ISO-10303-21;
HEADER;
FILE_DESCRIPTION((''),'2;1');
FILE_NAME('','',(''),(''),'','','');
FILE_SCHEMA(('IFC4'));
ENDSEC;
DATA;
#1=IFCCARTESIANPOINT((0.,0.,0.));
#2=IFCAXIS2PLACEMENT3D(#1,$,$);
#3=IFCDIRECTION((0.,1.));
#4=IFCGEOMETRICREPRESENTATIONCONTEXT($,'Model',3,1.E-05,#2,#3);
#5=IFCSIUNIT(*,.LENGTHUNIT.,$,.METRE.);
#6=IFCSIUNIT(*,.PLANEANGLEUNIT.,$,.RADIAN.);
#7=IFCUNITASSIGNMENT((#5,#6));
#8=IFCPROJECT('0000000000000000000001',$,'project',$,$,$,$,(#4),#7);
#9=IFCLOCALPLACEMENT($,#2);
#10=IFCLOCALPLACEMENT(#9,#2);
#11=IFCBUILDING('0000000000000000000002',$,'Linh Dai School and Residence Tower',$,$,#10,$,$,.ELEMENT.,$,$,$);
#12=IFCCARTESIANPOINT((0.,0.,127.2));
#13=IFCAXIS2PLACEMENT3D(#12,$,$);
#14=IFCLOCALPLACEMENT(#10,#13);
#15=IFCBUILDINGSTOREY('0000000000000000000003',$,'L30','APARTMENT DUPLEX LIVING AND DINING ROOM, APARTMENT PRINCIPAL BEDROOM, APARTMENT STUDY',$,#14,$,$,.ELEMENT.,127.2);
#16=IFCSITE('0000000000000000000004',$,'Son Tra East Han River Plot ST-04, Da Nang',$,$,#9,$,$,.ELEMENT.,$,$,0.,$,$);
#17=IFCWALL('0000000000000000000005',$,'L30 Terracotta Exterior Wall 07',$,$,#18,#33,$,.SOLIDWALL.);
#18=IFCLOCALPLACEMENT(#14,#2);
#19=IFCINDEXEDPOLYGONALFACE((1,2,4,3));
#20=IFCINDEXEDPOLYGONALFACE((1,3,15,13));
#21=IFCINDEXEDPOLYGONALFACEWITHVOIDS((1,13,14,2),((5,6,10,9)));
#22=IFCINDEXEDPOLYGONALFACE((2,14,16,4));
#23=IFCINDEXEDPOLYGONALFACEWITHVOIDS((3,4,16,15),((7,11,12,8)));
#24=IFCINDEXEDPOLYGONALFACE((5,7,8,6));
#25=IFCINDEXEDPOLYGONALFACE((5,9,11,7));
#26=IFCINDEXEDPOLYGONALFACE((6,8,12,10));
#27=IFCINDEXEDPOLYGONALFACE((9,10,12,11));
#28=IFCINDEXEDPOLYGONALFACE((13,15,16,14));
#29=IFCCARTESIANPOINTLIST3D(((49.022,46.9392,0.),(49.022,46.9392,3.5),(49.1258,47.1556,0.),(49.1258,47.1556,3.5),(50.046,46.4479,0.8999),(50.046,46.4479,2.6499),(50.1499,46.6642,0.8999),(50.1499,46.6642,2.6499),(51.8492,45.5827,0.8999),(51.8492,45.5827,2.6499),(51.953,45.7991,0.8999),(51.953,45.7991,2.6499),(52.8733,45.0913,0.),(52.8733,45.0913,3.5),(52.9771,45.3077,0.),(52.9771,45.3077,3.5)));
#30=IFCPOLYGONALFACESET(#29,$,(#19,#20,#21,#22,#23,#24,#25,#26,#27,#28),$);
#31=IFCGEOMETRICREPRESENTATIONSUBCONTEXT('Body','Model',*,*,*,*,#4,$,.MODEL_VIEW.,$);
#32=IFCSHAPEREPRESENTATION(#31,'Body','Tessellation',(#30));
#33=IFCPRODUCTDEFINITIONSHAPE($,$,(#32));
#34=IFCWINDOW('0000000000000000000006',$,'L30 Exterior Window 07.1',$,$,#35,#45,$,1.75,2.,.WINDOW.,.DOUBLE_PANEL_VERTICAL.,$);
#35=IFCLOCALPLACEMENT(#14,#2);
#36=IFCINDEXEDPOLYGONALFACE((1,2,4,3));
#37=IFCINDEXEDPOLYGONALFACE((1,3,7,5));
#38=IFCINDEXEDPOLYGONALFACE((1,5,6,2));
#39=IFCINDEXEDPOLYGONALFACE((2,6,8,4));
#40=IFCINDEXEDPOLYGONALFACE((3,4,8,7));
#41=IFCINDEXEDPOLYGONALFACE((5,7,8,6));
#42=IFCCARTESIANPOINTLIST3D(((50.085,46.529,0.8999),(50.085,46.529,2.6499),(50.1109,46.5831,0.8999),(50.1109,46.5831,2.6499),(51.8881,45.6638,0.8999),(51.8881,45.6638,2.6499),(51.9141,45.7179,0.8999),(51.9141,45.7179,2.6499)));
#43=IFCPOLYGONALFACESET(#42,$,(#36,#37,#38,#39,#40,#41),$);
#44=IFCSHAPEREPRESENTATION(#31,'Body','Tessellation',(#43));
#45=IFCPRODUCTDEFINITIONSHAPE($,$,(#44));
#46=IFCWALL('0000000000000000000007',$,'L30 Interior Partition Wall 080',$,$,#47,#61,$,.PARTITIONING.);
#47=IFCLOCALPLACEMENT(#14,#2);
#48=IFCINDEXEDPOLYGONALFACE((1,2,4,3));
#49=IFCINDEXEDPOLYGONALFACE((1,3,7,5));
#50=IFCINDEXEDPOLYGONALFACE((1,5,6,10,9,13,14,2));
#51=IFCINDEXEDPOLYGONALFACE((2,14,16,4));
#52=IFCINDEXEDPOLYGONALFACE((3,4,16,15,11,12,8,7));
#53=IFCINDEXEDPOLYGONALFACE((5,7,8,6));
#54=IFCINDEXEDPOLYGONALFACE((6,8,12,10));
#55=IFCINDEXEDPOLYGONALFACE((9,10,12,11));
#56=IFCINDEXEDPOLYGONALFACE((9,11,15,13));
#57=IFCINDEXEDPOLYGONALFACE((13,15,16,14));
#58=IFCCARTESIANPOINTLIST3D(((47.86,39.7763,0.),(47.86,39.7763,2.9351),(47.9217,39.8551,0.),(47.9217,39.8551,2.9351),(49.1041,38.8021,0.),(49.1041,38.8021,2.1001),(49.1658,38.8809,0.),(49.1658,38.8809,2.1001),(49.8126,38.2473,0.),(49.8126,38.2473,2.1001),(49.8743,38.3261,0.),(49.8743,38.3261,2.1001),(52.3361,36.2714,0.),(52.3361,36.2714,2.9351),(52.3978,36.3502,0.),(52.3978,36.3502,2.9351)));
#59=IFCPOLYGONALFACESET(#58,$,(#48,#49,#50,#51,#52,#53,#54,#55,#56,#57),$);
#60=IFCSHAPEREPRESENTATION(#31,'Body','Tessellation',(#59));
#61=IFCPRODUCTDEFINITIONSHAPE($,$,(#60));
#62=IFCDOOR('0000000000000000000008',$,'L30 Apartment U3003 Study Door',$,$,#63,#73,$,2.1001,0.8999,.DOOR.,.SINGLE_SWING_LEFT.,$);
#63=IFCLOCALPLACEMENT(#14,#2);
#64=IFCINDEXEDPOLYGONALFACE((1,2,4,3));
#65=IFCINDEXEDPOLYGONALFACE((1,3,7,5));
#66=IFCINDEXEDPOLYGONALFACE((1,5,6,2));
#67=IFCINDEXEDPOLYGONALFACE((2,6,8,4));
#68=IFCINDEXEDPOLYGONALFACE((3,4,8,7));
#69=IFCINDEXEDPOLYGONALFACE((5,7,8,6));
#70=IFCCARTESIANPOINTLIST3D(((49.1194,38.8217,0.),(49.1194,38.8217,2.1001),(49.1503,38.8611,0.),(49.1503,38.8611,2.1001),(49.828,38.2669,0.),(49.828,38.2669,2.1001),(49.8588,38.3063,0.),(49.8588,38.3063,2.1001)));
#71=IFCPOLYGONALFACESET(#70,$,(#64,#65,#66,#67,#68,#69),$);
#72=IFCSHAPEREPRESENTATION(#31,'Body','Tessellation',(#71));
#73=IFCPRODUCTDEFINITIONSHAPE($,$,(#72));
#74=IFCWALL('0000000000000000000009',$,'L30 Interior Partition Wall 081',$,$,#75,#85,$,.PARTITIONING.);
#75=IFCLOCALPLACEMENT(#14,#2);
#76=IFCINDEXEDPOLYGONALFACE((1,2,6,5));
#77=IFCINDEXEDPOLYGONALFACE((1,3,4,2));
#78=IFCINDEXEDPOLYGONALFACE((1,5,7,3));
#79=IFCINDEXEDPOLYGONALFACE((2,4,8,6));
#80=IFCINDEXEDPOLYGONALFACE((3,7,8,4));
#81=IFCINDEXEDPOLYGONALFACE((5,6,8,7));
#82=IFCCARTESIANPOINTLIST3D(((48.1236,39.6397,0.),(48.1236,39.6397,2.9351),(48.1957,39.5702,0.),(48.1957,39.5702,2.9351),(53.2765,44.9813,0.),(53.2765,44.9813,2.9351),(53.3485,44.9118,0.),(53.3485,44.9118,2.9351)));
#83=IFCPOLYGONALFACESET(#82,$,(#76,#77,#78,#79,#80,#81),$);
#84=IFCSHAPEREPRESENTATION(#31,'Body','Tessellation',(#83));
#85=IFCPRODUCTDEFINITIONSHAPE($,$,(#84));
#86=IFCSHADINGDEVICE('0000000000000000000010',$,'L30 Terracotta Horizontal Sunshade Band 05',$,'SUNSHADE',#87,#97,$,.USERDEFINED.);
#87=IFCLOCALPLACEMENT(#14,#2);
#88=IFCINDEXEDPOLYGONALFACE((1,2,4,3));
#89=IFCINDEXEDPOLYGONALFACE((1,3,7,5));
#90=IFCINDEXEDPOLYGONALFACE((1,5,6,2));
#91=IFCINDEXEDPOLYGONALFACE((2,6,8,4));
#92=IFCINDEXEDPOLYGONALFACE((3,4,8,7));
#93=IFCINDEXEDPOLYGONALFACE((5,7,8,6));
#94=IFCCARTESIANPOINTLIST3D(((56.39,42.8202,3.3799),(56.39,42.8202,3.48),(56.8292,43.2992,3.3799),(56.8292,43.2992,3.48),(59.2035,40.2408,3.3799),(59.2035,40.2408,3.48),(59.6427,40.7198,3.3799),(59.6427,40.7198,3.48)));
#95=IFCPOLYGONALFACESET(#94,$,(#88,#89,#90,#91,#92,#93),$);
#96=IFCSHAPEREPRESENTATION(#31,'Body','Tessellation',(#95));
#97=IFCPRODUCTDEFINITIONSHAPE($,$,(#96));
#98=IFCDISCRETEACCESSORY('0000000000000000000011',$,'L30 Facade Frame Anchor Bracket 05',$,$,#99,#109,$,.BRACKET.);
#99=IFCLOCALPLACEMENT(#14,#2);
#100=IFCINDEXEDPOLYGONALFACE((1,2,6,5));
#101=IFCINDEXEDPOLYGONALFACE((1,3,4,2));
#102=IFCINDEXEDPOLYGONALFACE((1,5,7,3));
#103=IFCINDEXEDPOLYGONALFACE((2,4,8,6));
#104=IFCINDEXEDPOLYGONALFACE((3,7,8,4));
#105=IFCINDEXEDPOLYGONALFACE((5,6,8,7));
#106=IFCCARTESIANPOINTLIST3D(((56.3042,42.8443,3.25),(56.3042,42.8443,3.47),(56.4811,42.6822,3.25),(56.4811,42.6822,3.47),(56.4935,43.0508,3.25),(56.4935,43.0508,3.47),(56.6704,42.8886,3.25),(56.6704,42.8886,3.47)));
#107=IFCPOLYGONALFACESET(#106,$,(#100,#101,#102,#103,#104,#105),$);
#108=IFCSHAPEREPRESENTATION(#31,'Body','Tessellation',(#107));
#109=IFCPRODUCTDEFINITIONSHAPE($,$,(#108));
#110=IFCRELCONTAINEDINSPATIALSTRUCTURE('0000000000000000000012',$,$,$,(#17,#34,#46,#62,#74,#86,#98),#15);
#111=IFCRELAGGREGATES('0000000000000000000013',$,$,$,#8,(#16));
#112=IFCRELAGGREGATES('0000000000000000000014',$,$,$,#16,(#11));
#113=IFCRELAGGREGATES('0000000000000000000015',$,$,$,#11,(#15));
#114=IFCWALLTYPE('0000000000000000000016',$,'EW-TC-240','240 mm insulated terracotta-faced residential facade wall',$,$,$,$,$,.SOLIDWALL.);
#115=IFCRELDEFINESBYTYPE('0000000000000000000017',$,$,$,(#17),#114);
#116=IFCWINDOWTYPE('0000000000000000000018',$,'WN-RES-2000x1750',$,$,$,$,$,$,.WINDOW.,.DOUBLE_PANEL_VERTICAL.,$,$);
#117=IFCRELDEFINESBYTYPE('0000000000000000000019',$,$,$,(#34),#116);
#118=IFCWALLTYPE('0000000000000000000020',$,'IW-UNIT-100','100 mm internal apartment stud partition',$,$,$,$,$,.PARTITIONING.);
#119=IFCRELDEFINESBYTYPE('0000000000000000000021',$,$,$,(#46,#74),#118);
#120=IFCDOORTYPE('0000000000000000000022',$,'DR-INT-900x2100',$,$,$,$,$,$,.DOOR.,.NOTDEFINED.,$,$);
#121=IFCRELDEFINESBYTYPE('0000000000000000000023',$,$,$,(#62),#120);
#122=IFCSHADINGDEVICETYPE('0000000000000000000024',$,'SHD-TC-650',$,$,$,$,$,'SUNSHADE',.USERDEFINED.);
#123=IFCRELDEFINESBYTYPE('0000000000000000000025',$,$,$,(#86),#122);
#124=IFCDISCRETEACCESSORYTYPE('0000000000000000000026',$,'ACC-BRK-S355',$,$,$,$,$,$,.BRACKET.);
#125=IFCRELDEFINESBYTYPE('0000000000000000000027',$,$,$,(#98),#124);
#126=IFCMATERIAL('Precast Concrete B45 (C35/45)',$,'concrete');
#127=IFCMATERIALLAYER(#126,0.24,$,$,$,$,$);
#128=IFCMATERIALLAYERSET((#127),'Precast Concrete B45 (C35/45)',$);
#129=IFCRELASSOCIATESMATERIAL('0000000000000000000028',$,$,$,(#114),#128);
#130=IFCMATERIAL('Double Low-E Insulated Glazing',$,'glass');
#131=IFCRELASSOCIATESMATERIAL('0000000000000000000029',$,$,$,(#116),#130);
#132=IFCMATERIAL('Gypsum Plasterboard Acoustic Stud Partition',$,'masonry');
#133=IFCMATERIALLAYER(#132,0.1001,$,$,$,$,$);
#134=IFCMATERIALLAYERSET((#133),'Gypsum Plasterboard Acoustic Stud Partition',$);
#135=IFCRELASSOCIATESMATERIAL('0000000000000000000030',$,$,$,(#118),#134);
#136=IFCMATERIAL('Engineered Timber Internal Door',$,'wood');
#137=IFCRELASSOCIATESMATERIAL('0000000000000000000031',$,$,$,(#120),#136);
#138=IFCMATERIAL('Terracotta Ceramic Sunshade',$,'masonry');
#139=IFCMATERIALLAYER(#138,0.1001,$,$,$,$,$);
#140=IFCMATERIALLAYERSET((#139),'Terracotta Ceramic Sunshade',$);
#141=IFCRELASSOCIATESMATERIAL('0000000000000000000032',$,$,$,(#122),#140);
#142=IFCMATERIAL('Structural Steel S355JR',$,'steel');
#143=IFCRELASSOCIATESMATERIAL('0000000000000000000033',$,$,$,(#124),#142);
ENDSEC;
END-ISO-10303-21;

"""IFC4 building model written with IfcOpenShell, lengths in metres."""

from ifc_helpers import new_model, si_unit, direction, frame, frame_2d, origin, origin_2d, place, context, subcontext, project, spatial, rectangle, extrude, source, transform, mapped, material, layer, layer_set, type_object, element, fill, save


model = new_model("IFC4")

# Units and contexts
model_context = context("Model", 3, precision=1e-05, world=origin(), true_north=direction((0.0, 1.0)))
body_context = subcontext(model_context, "Body", "Model", "MODEL_VIEW")
ifc_project = project(units=[si_unit("LENGTHUNIT", "METRE"), si_unit("PLANEANGLEUNIT", "RADIAN")], contexts=[model_context])

# Site, building, storey
site_placement = place(None, origin())
site = spatial("IfcSite", under=ifc_project, at=site_placement, Name="Son Tra East Han River Plot ST-04, Da Nang", CompositionType="ELEMENT", RefElevation=0.0)
building_placement = place(site_placement, origin())
building = spatial("IfcBuilding", under=site, at=building_placement, Name="Linh Dai School and Residence Tower", CompositionType="ELEMENT")
storey_placement = place(building_placement, frame((0.0, 0.0, 127.2)))
storey = spatial("IfcBuildingStorey", under=building, at=storey_placement, Name="L30", Description="APARTMENT DUPLEX LIVING AND DINING ROOM, APARTMENT PRINCIPAL BEDROOM, APARTMENT STUDY", CompositionType="ELEMENT", Elevation=127.2)

# Shared definitions
ifc_material_1 = material(Name="Structural Steel S355JR", Category="steel")

# Shared definitions
ifc_material_2 = material(Name="Precast Concrete B45 (C35/45)", Category="concrete")
ifc_material_3 = material(Name="Double Low-E Insulated Glazing", Category="glass")

# Wall, opening, window
ifc_layer_1 = layer(ifc_material_2, 0.24)
ifc_layer_set_1 = layer_set([ifc_layer_1], Name="Precast Concrete B45 (C35/45)")
wall_type_1 = type_object("IfcWallType", Name="EW-TC-240", Description="240 mm insulated terracotta-faced residential facade wall", PredefinedType="SOLIDWALL", material=ifc_layer_set_1)
window_type_1 = type_object("IfcWindowType", Name="WN-RES-2000x1750", PartitioningType="DOUBLE_PANEL_VERTICAL", PredefinedType="WINDOW", material=ifc_material_3)
shared_shape_1 = source(origin(), body_context, "Body", "SweptSolid", [
    extrude(rectangle(XDim=2.0, YDim=1.75, at=origin_2d()), frame((1.0, 0.03, 0.875), z_axis=(0.0, -1.0, 0.0), x_axis=(1.0, 0.0, 0.0)), (0.0, 0.0, 1.0), 0.0601),
])
wall_1_placement = place(storey_placement, frame((49.074, 47.0474, 0.0), z_axis=(0.0, 0.0, 1.0), x_axis=(0.90159, -0.432592, 0.0)))
wall_1 = element("IfcWall", 1, at=wall_1_placement, inside=storey, type_object=wall_type_1, Name="L30 Terracotta Exterior Wall 07", PredefinedType="SOLIDWALL", context=body_context, shape_type="SweptSolid", body=[
    extrude(rectangle(XDim=4.2717, YDim=0.24, at=frame_2d((2.1357, 0.0))), origin(), (0.0, 0.0, 1.0), 3.5),
])
opening_1_placement = place(wall_1_placement, frame((1.1357, 0.0, 0.8999)))
opening_1 = element("IfcOpeningElement", 2, at=opening_1_placement, cuts=wall_1, PredefinedType="OPENING", context=body_context, shape_type="SweptSolid", body=[
    extrude(rectangle(XDim=2.0, YDim=1.75, at=origin_2d()), frame((1.0, 0.1299, 0.875), z_axis=(0.0, -1.0, 0.0), x_axis=(1.0, 0.0, 0.0)), (0.0, 0.0, 1.0), 0.26),
])
window_1_placement = place(opening_1_placement, origin())
window_1 = element("IfcWindow", 3, at=window_1_placement, inside=storey, type_object=window_type_1, Name="L30 Exterior Window 07.1", OverallHeight=1.75, OverallWidth=2.0, PartitioningType="DOUBLE_PANEL_VERTICAL", PredefinedType="WINDOW", context=body_context, shape_type="MappedRepresentation", body=[
    mapped(shared_shape_1, transform((0.0, 0.0, 0.0), x_axis=(1.0, 0.0, 0.0), y_axis=(0.0, 1.0, 0.0), z_axis=(0.0, 0.0, 1.0), scale=1.0)),
])
fill(opening_1, window_1)

# Wall, opening, door
ifc_material_4 = material(Name="Gypsum Plasterboard Acoustic Stud Partition", Category="masonry")
ifc_layer_2 = layer(ifc_material_4, 0.1001)
ifc_layer_set_2 = layer_set([ifc_layer_2], Name="Gypsum Plasterboard Acoustic Stud Partition")
wall_type_2 = type_object("IfcWallType", Name="IW-UNIT-100", Description="100 mm internal apartment stud partition", PredefinedType="PARTITIONING", material=ifc_layer_set_2)
wall_2_placement = place(storey_placement, frame((47.8909, 39.8157, 0.0), z_axis=(0.0, 0.0, 1.0), x_axis=(0.787345, -0.616512, 0.0)))
wall_2 = element("IfcWall", 4, at=wall_2_placement, inside=storey, type_object=wall_type_2, Name="L30 Interior Partition Wall 080", PredefinedType="PARTITIONING", context=body_context, shape_type="SweptSolid", body=[
    extrude(rectangle(XDim=5.6851, YDim=0.1001, at=frame_2d((2.8425, 0.0))), origin(), (0.0, 0.0, 1.0), 2.9351),
])
opening_2_placement = place(wall_2_placement, frame((1.5801, 0.0, 0.0)))
opening_2 = element("IfcOpeningElement", 5, at=opening_2_placement, cuts=wall_2, PredefinedType="OPENING", context=body_context, shape_type="SweptSolid", body=[
    extrude(rectangle(XDim=0.8999, YDim=2.1001, at=origin_2d()), frame((0.45, 0.0601, 1.05), z_axis=(0.0, -1.0, 0.0), x_axis=(1.0, 0.0, 0.0)), (0.0, 0.0, 1.0), 0.1201),
])
ifc_material_5 = material(Name="Engineered Timber Internal Door", Category="wood")
door_type = type_object("IfcDoorType", Name="DR-INT-900x2100", OperationType="NOTDEFINED", PredefinedType="DOOR", material=ifc_material_5)
shared_shape_2 = source(origin(), body_context, "Body", "SweptSolid", [
    extrude(rectangle(XDim=0.8999, YDim=2.1001, at=origin_2d()), frame((0.45, 0.0249, 1.05), z_axis=(0.0, -1.0, 0.0), x_axis=(1.0, 0.0, 0.0)), (0.0, 0.0, 1.0), 0.05),
])
door_placement = place(opening_2_placement, origin())
door = element("IfcDoor", 6, at=door_placement, inside=storey, type_object=door_type, Name="L30 Apartment U3003 Study Door", OperationType="SINGLE_SWING_LEFT", OverallHeight=2.1001, OverallWidth=0.8999, PredefinedType="DOOR", context=body_context, shape_type="MappedRepresentation", body=[
    mapped(shared_shape_2, transform((0.0, 0.0, 0.0), x_axis=(1.0, 0.0, 0.0), y_axis=(0.0, 1.0, 0.0), z_axis=(0.0, 0.0, 1.0), scale=1.0)),
])
fill(opening_2, door)

# Wall
wall_3_placement = place(storey_placement, frame((48.1597, 39.605, 0.0), z_axis=(0.0, 0.0, 1.0), x_axis=(0.694279, 0.719706, 0.0)))
element("IfcWall", 7, at=wall_3_placement, inside=storey, type_object=wall_type_2, Name="L30 Interior Partition Wall 081", PredefinedType="PARTITIONING", context=body_context, shape_type="SweptSolid", body=[
    extrude(rectangle(XDim=7.4219, YDim=0.1001, at=frame_2d((3.7109, 0.0))), origin(), (0.0, 0.0, 1.0), 2.9351),
])

# Shading device
ifc_material_6 = material(Name="Terracotta Ceramic Sunshade", Category="masonry")
ifc_layer_3 = layer(ifc_material_6, 0.1001)
ifc_layer_set_3 = layer_set([ifc_layer_3], Name="Terracotta Ceramic Sunshade")
shading_device_type = type_object("IfcShadingDeviceType", Name="SHD-TC-650", ElementType="SUNSHADE", PredefinedType="USERDEFINED", material=ifc_layer_set_3)
shared_shape_3 = source(origin(), body_context, "Body", "SweptSolid", [
    extrude(rectangle(XDim=3.8169, YDim=0.6499, at=origin_2d()), origin(), (0.0, 0.0, 1.0), 0.1001),
])
shading_device_placement = place(storey_placement, frame((58.0164, 41.77, 3.3799), z_axis=(0.0, 0.0, 1.0), x_axis=(0.7371, -0.675783, 0.0)))
element("IfcShadingDevice", 8, at=shading_device_placement, inside=storey, type_object=shading_device_type, Name="L30 Terracotta Horizontal Sunshade Band 05", ObjectType="SUNSHADE", PredefinedType="USERDEFINED", context=body_context, shape_type="MappedRepresentation", body=[
    mapped(shared_shape_3, transform((0.0, 0.0, 0.0), x_axis=(1.0, 0.0, 0.0), y_axis=(0.0, 1.0, 0.0), z_axis=(0.0, 0.0, 1.0), scale=1.0)),
])

# Discrete accessory
discrete_accessory_type = type_object("IfcDiscreteAccessoryType", Name="ACC-BRK-S355", PredefinedType="BRACKET", material=ifc_material_1)
shared_shape_4 = source(origin(), body_context, "Body", "SweptSolid", [
    extrude(rectangle(XDim=0.28, YDim=0.24, at=origin_2d()), origin(), (0.0, 0.0, 1.0), 0.22),
])
discrete_accessory_placement = place(storey_placement, frame((56.4873, 42.8665, 3.25), z_axis=(0.0, 0.0, 1.0), x_axis=(0.675783, 0.7371, 0.0)))
element("IfcDiscreteAccessory", 9, at=discrete_accessory_placement, inside=storey, type_object=discrete_accessory_type, Name="L30 Facade Frame Anchor Bracket 05", PredefinedType="BRACKET", context=body_context, shape_type="MappedRepresentation", body=[
    mapped(shared_shape_4, transform((0.0, 0.0, 0.0), x_axis=(1.0, 0.0, 0.0), y_axis=(0.0, 1.0, 0.0), z_axis=(0.0, 0.0, 1.0), scale=1.0)),
])

save(model, "model.ifc")
